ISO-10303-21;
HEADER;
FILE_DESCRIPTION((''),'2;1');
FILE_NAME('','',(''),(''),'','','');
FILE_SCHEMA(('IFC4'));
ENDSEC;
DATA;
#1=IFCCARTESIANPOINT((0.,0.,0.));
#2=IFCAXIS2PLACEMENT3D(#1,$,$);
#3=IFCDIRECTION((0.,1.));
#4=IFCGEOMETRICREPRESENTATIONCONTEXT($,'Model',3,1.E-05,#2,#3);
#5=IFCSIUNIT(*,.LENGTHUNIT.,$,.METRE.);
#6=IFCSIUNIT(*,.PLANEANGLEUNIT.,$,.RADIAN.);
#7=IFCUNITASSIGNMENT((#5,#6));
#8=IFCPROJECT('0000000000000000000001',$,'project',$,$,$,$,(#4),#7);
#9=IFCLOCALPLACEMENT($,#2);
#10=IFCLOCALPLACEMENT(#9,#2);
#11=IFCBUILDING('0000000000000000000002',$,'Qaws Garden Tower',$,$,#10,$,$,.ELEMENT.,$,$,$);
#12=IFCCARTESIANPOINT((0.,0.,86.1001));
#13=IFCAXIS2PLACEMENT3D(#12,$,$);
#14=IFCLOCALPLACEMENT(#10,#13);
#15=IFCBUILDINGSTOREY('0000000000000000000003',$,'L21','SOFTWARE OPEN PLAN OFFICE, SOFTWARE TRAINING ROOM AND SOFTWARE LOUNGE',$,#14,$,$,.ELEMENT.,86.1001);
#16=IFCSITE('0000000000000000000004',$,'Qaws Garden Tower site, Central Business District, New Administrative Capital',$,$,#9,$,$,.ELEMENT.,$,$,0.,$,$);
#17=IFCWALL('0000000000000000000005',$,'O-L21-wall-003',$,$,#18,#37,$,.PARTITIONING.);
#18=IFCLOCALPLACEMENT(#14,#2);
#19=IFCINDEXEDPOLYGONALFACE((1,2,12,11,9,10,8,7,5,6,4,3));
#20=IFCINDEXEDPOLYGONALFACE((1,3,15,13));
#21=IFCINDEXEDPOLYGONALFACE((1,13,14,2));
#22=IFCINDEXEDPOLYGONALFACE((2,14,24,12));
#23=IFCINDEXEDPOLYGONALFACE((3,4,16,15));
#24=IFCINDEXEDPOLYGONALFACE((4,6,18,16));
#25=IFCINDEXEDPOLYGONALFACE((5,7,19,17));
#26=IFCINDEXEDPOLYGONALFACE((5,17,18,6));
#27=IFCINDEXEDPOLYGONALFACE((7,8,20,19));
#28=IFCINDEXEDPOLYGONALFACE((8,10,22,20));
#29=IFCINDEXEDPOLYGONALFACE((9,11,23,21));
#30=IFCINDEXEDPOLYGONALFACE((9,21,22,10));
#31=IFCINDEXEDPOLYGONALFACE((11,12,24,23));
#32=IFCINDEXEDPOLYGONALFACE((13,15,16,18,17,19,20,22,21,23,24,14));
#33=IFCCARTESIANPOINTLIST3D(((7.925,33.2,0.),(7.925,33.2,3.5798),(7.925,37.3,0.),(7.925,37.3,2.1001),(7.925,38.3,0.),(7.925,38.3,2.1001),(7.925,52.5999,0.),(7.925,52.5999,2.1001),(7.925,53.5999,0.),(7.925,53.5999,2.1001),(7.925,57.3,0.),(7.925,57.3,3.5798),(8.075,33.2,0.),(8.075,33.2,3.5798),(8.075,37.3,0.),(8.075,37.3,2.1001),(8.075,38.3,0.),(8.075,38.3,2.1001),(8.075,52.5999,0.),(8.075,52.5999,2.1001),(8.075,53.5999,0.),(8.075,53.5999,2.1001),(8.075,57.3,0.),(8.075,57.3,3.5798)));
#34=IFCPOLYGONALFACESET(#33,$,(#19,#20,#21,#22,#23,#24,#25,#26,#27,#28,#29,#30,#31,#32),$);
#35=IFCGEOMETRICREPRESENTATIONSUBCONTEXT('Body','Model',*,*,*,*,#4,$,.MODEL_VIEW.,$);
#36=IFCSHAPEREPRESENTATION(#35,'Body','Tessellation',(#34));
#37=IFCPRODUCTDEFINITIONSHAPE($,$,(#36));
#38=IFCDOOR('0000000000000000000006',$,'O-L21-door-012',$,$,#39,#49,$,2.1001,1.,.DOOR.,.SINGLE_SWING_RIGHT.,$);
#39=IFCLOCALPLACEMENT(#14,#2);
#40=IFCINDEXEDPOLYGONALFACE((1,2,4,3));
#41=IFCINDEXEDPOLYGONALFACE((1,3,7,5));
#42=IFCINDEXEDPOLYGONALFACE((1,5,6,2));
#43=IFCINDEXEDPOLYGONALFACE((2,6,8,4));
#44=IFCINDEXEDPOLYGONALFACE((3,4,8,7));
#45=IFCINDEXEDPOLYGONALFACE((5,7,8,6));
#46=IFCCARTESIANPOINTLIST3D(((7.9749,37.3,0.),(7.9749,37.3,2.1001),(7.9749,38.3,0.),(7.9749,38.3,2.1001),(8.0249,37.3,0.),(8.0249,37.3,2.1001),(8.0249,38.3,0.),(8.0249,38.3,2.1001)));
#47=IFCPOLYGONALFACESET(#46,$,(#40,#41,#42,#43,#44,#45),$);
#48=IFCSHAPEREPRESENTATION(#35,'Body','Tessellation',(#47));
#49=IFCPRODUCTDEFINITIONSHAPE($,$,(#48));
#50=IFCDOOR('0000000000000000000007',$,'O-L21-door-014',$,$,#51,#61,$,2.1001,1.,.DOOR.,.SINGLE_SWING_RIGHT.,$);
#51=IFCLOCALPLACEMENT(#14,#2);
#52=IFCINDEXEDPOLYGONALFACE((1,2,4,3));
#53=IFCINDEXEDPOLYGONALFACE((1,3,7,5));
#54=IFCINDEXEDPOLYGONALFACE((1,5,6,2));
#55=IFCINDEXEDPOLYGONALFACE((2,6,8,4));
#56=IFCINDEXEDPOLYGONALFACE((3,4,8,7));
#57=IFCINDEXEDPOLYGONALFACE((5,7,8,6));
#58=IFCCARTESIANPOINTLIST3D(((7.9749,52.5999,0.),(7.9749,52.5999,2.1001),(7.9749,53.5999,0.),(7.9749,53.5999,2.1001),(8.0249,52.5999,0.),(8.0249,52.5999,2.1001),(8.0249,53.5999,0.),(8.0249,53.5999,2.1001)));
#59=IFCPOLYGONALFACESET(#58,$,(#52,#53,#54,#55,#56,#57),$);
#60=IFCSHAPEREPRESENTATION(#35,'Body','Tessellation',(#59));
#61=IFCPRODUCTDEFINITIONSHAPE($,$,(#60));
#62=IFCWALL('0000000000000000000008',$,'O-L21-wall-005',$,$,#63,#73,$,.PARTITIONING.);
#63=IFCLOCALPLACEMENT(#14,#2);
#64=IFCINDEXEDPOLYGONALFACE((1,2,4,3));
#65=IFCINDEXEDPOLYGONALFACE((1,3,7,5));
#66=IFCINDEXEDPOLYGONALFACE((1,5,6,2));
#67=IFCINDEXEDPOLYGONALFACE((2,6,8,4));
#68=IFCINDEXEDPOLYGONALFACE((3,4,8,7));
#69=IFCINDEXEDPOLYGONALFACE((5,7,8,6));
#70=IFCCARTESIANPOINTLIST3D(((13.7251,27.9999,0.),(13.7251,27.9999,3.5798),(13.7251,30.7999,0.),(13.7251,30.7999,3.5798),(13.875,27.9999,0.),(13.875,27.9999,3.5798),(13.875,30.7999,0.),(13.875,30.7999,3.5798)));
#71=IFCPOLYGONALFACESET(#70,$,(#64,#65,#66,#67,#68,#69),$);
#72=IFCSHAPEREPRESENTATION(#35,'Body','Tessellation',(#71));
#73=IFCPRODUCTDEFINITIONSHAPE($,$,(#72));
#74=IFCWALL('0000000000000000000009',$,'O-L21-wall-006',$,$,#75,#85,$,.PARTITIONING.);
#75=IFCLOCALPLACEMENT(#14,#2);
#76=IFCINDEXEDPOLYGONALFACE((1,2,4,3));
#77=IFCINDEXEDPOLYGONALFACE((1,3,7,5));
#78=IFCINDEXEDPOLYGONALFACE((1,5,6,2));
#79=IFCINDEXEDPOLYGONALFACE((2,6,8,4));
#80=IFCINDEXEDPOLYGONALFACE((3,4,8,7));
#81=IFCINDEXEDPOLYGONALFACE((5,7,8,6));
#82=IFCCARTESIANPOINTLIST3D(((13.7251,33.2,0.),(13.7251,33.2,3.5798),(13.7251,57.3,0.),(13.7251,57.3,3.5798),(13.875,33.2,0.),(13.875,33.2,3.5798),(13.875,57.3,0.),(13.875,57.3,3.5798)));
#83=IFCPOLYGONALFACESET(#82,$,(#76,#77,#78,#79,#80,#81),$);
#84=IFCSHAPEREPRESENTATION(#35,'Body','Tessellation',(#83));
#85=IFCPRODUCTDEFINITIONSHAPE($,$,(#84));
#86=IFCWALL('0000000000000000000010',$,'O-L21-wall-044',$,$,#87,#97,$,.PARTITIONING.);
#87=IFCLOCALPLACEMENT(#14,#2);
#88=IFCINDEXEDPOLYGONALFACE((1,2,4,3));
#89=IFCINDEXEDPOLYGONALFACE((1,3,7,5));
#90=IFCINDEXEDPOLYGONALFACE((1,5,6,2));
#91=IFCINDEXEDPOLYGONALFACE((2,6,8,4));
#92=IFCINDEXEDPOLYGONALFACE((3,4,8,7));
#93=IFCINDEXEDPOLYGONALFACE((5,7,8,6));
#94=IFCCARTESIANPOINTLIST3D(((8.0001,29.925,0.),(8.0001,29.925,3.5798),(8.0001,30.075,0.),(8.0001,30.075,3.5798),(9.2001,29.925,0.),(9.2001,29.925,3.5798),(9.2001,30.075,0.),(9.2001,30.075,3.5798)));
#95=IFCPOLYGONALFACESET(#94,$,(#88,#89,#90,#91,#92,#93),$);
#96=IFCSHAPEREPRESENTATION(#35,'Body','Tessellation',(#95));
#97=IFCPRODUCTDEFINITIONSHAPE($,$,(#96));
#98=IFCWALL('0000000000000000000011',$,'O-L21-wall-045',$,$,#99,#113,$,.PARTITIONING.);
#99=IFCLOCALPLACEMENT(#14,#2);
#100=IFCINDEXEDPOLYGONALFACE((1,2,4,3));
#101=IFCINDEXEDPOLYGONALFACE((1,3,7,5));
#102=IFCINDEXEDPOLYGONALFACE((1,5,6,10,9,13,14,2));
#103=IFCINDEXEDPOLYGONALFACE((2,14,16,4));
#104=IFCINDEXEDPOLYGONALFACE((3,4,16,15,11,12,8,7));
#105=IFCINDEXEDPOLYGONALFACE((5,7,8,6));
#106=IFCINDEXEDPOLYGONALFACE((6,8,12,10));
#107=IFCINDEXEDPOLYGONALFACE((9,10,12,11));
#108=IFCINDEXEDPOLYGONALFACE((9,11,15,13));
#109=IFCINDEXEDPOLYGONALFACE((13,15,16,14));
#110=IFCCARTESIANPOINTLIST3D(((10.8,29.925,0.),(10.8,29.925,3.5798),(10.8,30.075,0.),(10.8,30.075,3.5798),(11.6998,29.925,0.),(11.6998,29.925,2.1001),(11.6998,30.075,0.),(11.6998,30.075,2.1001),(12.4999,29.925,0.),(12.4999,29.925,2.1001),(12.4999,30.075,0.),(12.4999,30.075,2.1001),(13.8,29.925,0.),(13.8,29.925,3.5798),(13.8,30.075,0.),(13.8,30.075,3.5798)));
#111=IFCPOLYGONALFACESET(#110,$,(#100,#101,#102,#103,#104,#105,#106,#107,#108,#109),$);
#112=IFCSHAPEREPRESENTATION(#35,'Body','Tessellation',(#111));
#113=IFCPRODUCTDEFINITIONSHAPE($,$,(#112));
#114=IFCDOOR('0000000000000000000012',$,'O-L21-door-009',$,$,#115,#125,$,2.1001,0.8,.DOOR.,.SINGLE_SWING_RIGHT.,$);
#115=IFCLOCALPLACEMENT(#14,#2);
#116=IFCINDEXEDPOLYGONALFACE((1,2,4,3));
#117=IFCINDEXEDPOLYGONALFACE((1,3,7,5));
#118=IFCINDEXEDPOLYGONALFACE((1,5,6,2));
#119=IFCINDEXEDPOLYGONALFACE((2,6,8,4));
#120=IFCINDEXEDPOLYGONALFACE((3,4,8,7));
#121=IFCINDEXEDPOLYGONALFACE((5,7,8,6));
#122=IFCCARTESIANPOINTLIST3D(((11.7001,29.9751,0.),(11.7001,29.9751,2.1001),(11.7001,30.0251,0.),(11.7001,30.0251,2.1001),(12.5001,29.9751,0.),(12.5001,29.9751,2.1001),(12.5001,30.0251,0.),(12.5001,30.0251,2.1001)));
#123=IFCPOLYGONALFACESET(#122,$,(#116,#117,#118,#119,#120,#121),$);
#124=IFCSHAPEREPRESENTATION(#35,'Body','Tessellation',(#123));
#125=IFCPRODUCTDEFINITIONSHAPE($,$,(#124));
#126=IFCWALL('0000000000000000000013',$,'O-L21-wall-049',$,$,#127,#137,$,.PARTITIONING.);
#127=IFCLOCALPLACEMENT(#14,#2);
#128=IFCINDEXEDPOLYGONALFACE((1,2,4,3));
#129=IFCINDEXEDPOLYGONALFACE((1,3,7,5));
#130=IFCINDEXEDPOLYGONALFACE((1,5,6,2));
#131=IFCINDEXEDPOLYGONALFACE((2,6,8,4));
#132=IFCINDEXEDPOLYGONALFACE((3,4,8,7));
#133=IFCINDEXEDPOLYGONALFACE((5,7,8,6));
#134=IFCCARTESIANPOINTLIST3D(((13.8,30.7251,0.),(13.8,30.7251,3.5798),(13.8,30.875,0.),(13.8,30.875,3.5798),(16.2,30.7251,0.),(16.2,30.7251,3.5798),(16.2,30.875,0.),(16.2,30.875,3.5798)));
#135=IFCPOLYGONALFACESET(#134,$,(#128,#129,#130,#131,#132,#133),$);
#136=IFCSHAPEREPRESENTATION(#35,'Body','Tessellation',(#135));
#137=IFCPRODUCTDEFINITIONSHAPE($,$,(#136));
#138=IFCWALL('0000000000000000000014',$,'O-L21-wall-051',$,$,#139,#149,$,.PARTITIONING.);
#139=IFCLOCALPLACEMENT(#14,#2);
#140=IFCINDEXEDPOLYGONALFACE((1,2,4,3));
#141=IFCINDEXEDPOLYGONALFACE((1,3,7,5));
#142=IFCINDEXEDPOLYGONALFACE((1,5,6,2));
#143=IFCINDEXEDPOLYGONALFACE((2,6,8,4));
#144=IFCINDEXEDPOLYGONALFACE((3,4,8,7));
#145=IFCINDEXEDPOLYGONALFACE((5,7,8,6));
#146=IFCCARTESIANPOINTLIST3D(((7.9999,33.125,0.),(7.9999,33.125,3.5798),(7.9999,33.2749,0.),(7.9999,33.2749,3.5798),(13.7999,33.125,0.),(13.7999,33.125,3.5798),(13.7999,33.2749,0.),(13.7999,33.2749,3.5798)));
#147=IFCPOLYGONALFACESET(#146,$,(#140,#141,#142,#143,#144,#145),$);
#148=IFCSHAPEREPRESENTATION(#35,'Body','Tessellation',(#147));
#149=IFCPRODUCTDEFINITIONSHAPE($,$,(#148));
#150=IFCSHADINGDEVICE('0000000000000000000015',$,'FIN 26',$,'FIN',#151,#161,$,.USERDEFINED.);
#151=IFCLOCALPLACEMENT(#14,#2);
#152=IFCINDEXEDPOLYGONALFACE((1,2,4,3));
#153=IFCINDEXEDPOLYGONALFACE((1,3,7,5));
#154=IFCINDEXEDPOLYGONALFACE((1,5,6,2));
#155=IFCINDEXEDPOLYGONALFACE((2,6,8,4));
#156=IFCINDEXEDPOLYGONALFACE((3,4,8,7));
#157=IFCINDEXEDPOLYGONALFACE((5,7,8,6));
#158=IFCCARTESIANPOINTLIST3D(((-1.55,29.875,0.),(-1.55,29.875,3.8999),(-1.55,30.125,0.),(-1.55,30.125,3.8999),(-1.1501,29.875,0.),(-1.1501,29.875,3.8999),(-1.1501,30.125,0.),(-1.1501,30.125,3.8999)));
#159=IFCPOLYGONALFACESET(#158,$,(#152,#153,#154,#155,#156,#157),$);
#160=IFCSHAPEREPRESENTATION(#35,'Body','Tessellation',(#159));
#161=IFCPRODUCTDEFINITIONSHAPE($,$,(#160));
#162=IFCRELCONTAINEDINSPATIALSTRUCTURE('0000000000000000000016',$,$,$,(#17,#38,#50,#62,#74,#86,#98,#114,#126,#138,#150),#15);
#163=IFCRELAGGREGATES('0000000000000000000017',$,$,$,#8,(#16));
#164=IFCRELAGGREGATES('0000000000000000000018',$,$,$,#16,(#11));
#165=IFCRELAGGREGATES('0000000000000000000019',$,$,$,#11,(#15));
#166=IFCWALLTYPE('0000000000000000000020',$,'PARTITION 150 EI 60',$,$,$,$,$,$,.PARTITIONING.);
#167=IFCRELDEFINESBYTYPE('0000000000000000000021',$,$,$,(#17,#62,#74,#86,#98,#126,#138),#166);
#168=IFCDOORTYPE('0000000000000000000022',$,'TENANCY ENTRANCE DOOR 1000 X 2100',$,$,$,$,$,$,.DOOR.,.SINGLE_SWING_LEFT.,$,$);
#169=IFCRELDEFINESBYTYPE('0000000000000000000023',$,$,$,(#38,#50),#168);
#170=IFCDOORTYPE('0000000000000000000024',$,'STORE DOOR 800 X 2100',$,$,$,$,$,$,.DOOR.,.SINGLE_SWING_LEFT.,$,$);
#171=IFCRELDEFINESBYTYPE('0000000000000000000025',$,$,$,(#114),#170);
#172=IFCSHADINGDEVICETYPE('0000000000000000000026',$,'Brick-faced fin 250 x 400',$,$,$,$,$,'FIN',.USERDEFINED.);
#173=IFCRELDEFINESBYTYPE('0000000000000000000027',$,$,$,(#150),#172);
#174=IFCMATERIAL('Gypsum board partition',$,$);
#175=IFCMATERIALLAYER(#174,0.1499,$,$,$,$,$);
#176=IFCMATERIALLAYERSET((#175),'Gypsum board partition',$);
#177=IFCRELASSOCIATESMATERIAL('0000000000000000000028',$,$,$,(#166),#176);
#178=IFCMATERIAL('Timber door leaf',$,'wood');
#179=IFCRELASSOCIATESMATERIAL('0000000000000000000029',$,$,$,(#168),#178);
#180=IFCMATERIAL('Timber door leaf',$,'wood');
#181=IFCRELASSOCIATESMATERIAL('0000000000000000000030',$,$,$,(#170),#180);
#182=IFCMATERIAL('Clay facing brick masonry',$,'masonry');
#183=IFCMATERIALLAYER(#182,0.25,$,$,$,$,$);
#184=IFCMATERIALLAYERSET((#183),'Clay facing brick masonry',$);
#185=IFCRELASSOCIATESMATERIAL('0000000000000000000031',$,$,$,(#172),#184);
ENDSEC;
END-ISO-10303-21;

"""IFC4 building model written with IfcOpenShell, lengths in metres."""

from ifc_helpers import new_model, si_unit, direction, frame, frame_2d, origin, origin_2d, place, context, subcontext, project, spatial, rectangle, extrude, material, layer, layer_set, type_object, element, fill, save


model = new_model("IFC4")

# Units and contexts
model_context = context("Model", 3, precision=1e-05, world=origin(), true_north=direction((0.0, 1.0)))
body_context = subcontext(model_context, "Body", "Model", "MODEL_VIEW")
ifc_project = project(units=[si_unit("LENGTHUNIT", "METRE"), si_unit("PLANEANGLEUNIT", "RADIAN")], contexts=[model_context])

# Site, building, storey
site_placement = place(None, origin())
site = spatial("IfcSite", under=ifc_project, at=site_placement, Name="Qaws Garden Tower site, Central Business District, New Administrative Capital", CompositionType="ELEMENT", RefElevation=0.0)
building_placement = place(site_placement, origin())
building = spatial("IfcBuilding", under=site, at=building_placement, Name="Qaws Garden Tower", CompositionType="ELEMENT")
storey_placement = place(building_placement, frame((0.0, 0.0, 86.1001)))
storey = spatial("IfcBuildingStorey", under=building, at=storey_placement, Name="L21", Description="SOFTWARE OPEN PLAN OFFICE, SOFTWARE TRAINING ROOM AND SOFTWARE LOUNGE", CompositionType="ELEMENT", Elevation=86.1001)

# Shared definitions
ifc_material_1 = material(Name="Gypsum board partition")
ifc_layer_1 = layer(ifc_material_1, 0.1499)
ifc_layer_set_1 = layer_set([ifc_layer_1], Name="Gypsum board partition")
wall_type_1 = type_object("IfcWallType", Name="PARTITION 150 EI 60", PredefinedType="PARTITIONING", material=ifc_layer_set_1)

# Wall, openings, doors
wall_1_placement = place(storey_placement, frame((8.0, 33.2, 0.0), z_axis=(0.0, 0.0, 1.0), x_axis=(0.0, 1.0, 0.0)))
wall_1 = element("IfcWall", 1, at=wall_1_placement, inside=storey, type_object=wall_type_1, Name="O-L21-wall-003", PredefinedType="PARTITIONING", context=body_context, shape_type="SweptSolid", body=[
    extrude(rectangle(XDim=24.1001, YDim=0.1499, at=frame_2d((12.05, 0.0))), origin(), (0.0, 0.0, 1.0), 3.5798),
])
opening_1_placement = place(wall_1_placement, frame((4.1001, 0.0, 0.0)))
opening_1 = element("IfcOpeningElement", 2, at=opening_1_placement, cuts=wall_1, PredefinedType="OPENING", context=body_context, shape_type="SweptSolid", body=[
    extrude(rectangle(XDim=1.0, YDim=2.1001, at=frame_2d((0.5, 1.05))), frame((0.0, 0.085, 0.0), z_axis=(0.0, -1.0, 0.0), x_axis=(1.0, 0.0, 0.0)), (0.0, 0.0, 1.0), 0.1699),
])
opening_2_placement = place(wall_1_placement, frame((19.3999, 0.0, 0.0)))
opening_2 = element("IfcOpeningElement", 3, at=opening_2_placement, cuts=wall_1, PredefinedType="OPENING", context=body_context, shape_type="SweptSolid", body=[
    extrude(rectangle(XDim=1.0, YDim=2.1001, at=frame_2d((0.5, 1.05))), frame((0.0, 0.085, 0.0), z_axis=(0.0, -1.0, 0.0), x_axis=(1.0, 0.0, 0.0)), (0.0, 0.0, 1.0), 0.1699),
])
ifc_material_2 = material(Name="Timber door leaf", Category="wood")
door_type_1 = type_object("IfcDoorType", Name="TENANCY ENTRANCE DOOR 1000 X 2100", OperationType="SINGLE_SWING_LEFT", PredefinedType="DOOR", material=ifc_material_2)
door_1_placement = place(opening_1_placement, frame((1.0, 0.0, 0.0), z_axis=(0.0, 0.0, 1.0), x_axis=(-1.0, 0.0, 0.0)))
door_1 = element("IfcDoor", 4, at=door_1_placement, inside=storey, type_object=door_type_1, Name="O-L21-door-012", OperationType="SINGLE_SWING_RIGHT", OverallHeight=2.1001, OverallWidth=1.0, PredefinedType="DOOR", context=body_context, shape_type="SweptSolid", body=[
    extrude(rectangle(XDim=1.0, YDim=2.1001, at=frame_2d((0.5, 1.05))), frame((0.0, 0.0249, 0.0), z_axis=(0.0, -1.0, 0.0), x_axis=(1.0, 0.0, 0.0)), (0.0, 0.0, 1.0), 0.05),
])
fill(opening_1, door_1)
door_2_placement = place(opening_2_placement, frame((1.0, 0.0, 0.0), z_axis=(0.0, 0.0, 1.0), x_axis=(-1.0, 0.0, 0.0)))
door_2 = element("IfcDoor", 5, at=door_2_placement, inside=storey, type_object=door_type_1, Name="O-L21-door-014", OperationType="SINGLE_SWING_RIGHT", OverallHeight=2.1001, OverallWidth=1.0, PredefinedType="DOOR", context=body_context, shape_type="SweptSolid", body=[
    extrude(rectangle(XDim=1.0, YDim=2.1001, at=frame_2d((0.5, 1.05))), frame((0.0, 0.0249, 0.0), z_axis=(0.0, -1.0, 0.0), x_axis=(1.0, 0.0, 0.0)), (0.0, 0.0, 1.0), 0.05),
])
fill(opening_2, door_2)

# Walls
wall_2_placement = place(storey_placement, frame((13.8, 28.0, 0.0), z_axis=(0.0, 0.0, 1.0), x_axis=(0.0, 1.0, 0.0)))
element("IfcWall", 6, at=wall_2_placement, inside=storey, type_object=wall_type_1, Name="O-L21-wall-005", PredefinedType="PARTITIONING", context=body_context, shape_type="SweptSolid", body=[
    extrude(rectangle(XDim=2.8, YDim=0.1499, at=frame_2d((1.3999, 0.0))), origin(), (0.0, 0.0, 1.0), 3.5798),
])
wall_3_placement = place(storey_placement, frame((13.8, 33.2, 0.0), z_axis=(0.0, 0.0, 1.0), x_axis=(0.0, 1.0, 0.0)))
element("IfcWall", 7, at=wall_3_placement, inside=storey, type_object=wall_type_1, Name="O-L21-wall-006", PredefinedType="PARTITIONING", context=body_context, shape_type="SweptSolid", body=[
    extrude(rectangle(XDim=24.1001, YDim=0.1499, at=frame_2d((12.05, 0.0))), origin(), (0.0, 0.0, 1.0), 3.5798),
])
wall_4_placement = place(storey_placement, frame((8.0, 30.0, 0.0), z_axis=(0.0, 0.0, 1.0), x_axis=(1.0, 0.0, 0.0)))
element("IfcWall", 8, at=wall_4_placement, inside=storey, type_object=wall_type_1, Name="O-L21-wall-044", PredefinedType="PARTITIONING", context=body_context, shape_type="SweptSolid", body=[
    extrude(rectangle(XDim=1.2, YDim=0.1499, at=frame_2d((0.6001, 0.0))), origin(), (0.0, 0.0, 1.0), 3.5798),
])

# Wall, opening, door
wall_5_placement = place(storey_placement, frame((10.8, 30.0, 0.0), z_axis=(0.0, 0.0, 1.0), x_axis=(1.0, 0.0, 0.0)))
wall_5 = element("IfcWall", 9, at=wall_5_placement, inside=storey, type_object=wall_type_1, Name="O-L21-wall-045", PredefinedType="PARTITIONING", context=body_context, shape_type="SweptSolid", body=[
    extrude(rectangle(XDim=3.0, YDim=0.1499, at=frame_2d((1.5, 0.0))), origin(), (0.0, 0.0, 1.0), 3.5798),
])
opening_3_placement = place(wall_5_placement, frame((0.8999, 0.0, 0.0)))
opening_3 = element("IfcOpeningElement", 10, at=opening_3_placement, cuts=wall_5, PredefinedType="OPENING", context=body_context, shape_type="SweptSolid", body=[
    extrude(rectangle(XDim=0.8, YDim=2.1001, at=frame_2d((0.3999, 1.05))), frame((0.0, 0.085, 0.0), z_axis=(0.0, -1.0, 0.0), x_axis=(1.0, 0.0, 0.0)), (0.0, 0.0, 1.0), 0.1699),
])
ifc_material_3 = material(Name="Timber door leaf", Category="wood")
door_type_2 = type_object("IfcDoorType", Name="STORE DOOR 800 X 2100", OperationType="SINGLE_SWING_LEFT", PredefinedType="DOOR", material=ifc_material_3)
door_3_placement = place(opening_3_placement, frame((0.8, 0.0, 0.0), z_axis=(0.0, 0.0, 1.0), x_axis=(-1.0, 0.0, 0.0)))
door_3 = element("IfcDoor", 11, at=door_3_placement, inside=storey, type_object=door_type_2, Name="O-L21-door-009", OperationType="SINGLE_SWING_RIGHT", OverallHeight=2.1001, OverallWidth=0.8, PredefinedType="DOOR", context=body_context, shape_type="SweptSolid", body=[
    extrude(rectangle(XDim=0.8, YDim=2.1001, at=frame_2d((0.3999, 1.05))), frame((0.0, 0.0249, 0.0), z_axis=(0.0, -1.0, 0.0), x_axis=(1.0, 0.0, 0.0)), (0.0, 0.0, 1.0), 0.05),
])
fill(opening_3, door_3)

# Walls
wall_6_placement = place(storey_placement, frame((13.8, 30.8, 0.0), z_axis=(0.0, 0.0, 1.0), x_axis=(1.0, 0.0, 0.0)))
element("IfcWall", 12, at=wall_6_placement, inside=storey, type_object=wall_type_1, Name="O-L21-wall-049", PredefinedType="PARTITIONING", context=body_context, shape_type="SweptSolid", body=[
    extrude(rectangle(XDim=2.3999, YDim=0.1499, at=frame_2d((1.2, 0.0))), origin(), (0.0, 0.0, 1.0), 3.5798),
])
wall_7_placement = place(storey_placement, frame((8.0, 33.2, 0.0), z_axis=(0.0, 0.0, 1.0), x_axis=(1.0, 0.0, 0.0)))
element("IfcWall", 13, at=wall_7_placement, inside=storey, type_object=wall_type_1, Name="O-L21-wall-051", PredefinedType="PARTITIONING", context=body_context, shape_type="SweptSolid", body=[
    extrude(rectangle(XDim=5.8, YDim=0.1499, at=frame_2d((2.8999, 0.0))), origin(), (0.0, 0.0, 1.0), 3.5798),
])

# Shading device
ifc_material_4 = material(Name="Clay facing brick masonry", Category="masonry")
ifc_layer_2 = layer(ifc_material_4, 0.25)
ifc_layer_set_2 = layer_set([ifc_layer_2], Name="Clay facing brick masonry")
shading_device_type = type_object("IfcShadingDeviceType", Name="Brick-faced fin 250 x 400", ElementType="FIN", PredefinedType="USERDEFINED", material=ifc_layer_set_2)
shading_device_placement = place(storey_placement, frame((-1.3501, 30.0, 0.0), z_axis=(0.0, 0.0, 1.0), x_axis=(0.0, -1.0, 0.0)))
element("IfcShadingDevice", 14, at=shading_device_placement, inside=storey, type_object=shading_device_type, Name="FIN 26", ObjectType="FIN", PredefinedType="USERDEFINED", context=body_context, shape_type="SweptSolid", body=[
    extrude(rectangle(XDim=0.25, YDim=0.3999, at=origin_2d()), origin(), (0.0, 0.0, 1.0), 3.8999),
])

save(model, "model.ifc")
